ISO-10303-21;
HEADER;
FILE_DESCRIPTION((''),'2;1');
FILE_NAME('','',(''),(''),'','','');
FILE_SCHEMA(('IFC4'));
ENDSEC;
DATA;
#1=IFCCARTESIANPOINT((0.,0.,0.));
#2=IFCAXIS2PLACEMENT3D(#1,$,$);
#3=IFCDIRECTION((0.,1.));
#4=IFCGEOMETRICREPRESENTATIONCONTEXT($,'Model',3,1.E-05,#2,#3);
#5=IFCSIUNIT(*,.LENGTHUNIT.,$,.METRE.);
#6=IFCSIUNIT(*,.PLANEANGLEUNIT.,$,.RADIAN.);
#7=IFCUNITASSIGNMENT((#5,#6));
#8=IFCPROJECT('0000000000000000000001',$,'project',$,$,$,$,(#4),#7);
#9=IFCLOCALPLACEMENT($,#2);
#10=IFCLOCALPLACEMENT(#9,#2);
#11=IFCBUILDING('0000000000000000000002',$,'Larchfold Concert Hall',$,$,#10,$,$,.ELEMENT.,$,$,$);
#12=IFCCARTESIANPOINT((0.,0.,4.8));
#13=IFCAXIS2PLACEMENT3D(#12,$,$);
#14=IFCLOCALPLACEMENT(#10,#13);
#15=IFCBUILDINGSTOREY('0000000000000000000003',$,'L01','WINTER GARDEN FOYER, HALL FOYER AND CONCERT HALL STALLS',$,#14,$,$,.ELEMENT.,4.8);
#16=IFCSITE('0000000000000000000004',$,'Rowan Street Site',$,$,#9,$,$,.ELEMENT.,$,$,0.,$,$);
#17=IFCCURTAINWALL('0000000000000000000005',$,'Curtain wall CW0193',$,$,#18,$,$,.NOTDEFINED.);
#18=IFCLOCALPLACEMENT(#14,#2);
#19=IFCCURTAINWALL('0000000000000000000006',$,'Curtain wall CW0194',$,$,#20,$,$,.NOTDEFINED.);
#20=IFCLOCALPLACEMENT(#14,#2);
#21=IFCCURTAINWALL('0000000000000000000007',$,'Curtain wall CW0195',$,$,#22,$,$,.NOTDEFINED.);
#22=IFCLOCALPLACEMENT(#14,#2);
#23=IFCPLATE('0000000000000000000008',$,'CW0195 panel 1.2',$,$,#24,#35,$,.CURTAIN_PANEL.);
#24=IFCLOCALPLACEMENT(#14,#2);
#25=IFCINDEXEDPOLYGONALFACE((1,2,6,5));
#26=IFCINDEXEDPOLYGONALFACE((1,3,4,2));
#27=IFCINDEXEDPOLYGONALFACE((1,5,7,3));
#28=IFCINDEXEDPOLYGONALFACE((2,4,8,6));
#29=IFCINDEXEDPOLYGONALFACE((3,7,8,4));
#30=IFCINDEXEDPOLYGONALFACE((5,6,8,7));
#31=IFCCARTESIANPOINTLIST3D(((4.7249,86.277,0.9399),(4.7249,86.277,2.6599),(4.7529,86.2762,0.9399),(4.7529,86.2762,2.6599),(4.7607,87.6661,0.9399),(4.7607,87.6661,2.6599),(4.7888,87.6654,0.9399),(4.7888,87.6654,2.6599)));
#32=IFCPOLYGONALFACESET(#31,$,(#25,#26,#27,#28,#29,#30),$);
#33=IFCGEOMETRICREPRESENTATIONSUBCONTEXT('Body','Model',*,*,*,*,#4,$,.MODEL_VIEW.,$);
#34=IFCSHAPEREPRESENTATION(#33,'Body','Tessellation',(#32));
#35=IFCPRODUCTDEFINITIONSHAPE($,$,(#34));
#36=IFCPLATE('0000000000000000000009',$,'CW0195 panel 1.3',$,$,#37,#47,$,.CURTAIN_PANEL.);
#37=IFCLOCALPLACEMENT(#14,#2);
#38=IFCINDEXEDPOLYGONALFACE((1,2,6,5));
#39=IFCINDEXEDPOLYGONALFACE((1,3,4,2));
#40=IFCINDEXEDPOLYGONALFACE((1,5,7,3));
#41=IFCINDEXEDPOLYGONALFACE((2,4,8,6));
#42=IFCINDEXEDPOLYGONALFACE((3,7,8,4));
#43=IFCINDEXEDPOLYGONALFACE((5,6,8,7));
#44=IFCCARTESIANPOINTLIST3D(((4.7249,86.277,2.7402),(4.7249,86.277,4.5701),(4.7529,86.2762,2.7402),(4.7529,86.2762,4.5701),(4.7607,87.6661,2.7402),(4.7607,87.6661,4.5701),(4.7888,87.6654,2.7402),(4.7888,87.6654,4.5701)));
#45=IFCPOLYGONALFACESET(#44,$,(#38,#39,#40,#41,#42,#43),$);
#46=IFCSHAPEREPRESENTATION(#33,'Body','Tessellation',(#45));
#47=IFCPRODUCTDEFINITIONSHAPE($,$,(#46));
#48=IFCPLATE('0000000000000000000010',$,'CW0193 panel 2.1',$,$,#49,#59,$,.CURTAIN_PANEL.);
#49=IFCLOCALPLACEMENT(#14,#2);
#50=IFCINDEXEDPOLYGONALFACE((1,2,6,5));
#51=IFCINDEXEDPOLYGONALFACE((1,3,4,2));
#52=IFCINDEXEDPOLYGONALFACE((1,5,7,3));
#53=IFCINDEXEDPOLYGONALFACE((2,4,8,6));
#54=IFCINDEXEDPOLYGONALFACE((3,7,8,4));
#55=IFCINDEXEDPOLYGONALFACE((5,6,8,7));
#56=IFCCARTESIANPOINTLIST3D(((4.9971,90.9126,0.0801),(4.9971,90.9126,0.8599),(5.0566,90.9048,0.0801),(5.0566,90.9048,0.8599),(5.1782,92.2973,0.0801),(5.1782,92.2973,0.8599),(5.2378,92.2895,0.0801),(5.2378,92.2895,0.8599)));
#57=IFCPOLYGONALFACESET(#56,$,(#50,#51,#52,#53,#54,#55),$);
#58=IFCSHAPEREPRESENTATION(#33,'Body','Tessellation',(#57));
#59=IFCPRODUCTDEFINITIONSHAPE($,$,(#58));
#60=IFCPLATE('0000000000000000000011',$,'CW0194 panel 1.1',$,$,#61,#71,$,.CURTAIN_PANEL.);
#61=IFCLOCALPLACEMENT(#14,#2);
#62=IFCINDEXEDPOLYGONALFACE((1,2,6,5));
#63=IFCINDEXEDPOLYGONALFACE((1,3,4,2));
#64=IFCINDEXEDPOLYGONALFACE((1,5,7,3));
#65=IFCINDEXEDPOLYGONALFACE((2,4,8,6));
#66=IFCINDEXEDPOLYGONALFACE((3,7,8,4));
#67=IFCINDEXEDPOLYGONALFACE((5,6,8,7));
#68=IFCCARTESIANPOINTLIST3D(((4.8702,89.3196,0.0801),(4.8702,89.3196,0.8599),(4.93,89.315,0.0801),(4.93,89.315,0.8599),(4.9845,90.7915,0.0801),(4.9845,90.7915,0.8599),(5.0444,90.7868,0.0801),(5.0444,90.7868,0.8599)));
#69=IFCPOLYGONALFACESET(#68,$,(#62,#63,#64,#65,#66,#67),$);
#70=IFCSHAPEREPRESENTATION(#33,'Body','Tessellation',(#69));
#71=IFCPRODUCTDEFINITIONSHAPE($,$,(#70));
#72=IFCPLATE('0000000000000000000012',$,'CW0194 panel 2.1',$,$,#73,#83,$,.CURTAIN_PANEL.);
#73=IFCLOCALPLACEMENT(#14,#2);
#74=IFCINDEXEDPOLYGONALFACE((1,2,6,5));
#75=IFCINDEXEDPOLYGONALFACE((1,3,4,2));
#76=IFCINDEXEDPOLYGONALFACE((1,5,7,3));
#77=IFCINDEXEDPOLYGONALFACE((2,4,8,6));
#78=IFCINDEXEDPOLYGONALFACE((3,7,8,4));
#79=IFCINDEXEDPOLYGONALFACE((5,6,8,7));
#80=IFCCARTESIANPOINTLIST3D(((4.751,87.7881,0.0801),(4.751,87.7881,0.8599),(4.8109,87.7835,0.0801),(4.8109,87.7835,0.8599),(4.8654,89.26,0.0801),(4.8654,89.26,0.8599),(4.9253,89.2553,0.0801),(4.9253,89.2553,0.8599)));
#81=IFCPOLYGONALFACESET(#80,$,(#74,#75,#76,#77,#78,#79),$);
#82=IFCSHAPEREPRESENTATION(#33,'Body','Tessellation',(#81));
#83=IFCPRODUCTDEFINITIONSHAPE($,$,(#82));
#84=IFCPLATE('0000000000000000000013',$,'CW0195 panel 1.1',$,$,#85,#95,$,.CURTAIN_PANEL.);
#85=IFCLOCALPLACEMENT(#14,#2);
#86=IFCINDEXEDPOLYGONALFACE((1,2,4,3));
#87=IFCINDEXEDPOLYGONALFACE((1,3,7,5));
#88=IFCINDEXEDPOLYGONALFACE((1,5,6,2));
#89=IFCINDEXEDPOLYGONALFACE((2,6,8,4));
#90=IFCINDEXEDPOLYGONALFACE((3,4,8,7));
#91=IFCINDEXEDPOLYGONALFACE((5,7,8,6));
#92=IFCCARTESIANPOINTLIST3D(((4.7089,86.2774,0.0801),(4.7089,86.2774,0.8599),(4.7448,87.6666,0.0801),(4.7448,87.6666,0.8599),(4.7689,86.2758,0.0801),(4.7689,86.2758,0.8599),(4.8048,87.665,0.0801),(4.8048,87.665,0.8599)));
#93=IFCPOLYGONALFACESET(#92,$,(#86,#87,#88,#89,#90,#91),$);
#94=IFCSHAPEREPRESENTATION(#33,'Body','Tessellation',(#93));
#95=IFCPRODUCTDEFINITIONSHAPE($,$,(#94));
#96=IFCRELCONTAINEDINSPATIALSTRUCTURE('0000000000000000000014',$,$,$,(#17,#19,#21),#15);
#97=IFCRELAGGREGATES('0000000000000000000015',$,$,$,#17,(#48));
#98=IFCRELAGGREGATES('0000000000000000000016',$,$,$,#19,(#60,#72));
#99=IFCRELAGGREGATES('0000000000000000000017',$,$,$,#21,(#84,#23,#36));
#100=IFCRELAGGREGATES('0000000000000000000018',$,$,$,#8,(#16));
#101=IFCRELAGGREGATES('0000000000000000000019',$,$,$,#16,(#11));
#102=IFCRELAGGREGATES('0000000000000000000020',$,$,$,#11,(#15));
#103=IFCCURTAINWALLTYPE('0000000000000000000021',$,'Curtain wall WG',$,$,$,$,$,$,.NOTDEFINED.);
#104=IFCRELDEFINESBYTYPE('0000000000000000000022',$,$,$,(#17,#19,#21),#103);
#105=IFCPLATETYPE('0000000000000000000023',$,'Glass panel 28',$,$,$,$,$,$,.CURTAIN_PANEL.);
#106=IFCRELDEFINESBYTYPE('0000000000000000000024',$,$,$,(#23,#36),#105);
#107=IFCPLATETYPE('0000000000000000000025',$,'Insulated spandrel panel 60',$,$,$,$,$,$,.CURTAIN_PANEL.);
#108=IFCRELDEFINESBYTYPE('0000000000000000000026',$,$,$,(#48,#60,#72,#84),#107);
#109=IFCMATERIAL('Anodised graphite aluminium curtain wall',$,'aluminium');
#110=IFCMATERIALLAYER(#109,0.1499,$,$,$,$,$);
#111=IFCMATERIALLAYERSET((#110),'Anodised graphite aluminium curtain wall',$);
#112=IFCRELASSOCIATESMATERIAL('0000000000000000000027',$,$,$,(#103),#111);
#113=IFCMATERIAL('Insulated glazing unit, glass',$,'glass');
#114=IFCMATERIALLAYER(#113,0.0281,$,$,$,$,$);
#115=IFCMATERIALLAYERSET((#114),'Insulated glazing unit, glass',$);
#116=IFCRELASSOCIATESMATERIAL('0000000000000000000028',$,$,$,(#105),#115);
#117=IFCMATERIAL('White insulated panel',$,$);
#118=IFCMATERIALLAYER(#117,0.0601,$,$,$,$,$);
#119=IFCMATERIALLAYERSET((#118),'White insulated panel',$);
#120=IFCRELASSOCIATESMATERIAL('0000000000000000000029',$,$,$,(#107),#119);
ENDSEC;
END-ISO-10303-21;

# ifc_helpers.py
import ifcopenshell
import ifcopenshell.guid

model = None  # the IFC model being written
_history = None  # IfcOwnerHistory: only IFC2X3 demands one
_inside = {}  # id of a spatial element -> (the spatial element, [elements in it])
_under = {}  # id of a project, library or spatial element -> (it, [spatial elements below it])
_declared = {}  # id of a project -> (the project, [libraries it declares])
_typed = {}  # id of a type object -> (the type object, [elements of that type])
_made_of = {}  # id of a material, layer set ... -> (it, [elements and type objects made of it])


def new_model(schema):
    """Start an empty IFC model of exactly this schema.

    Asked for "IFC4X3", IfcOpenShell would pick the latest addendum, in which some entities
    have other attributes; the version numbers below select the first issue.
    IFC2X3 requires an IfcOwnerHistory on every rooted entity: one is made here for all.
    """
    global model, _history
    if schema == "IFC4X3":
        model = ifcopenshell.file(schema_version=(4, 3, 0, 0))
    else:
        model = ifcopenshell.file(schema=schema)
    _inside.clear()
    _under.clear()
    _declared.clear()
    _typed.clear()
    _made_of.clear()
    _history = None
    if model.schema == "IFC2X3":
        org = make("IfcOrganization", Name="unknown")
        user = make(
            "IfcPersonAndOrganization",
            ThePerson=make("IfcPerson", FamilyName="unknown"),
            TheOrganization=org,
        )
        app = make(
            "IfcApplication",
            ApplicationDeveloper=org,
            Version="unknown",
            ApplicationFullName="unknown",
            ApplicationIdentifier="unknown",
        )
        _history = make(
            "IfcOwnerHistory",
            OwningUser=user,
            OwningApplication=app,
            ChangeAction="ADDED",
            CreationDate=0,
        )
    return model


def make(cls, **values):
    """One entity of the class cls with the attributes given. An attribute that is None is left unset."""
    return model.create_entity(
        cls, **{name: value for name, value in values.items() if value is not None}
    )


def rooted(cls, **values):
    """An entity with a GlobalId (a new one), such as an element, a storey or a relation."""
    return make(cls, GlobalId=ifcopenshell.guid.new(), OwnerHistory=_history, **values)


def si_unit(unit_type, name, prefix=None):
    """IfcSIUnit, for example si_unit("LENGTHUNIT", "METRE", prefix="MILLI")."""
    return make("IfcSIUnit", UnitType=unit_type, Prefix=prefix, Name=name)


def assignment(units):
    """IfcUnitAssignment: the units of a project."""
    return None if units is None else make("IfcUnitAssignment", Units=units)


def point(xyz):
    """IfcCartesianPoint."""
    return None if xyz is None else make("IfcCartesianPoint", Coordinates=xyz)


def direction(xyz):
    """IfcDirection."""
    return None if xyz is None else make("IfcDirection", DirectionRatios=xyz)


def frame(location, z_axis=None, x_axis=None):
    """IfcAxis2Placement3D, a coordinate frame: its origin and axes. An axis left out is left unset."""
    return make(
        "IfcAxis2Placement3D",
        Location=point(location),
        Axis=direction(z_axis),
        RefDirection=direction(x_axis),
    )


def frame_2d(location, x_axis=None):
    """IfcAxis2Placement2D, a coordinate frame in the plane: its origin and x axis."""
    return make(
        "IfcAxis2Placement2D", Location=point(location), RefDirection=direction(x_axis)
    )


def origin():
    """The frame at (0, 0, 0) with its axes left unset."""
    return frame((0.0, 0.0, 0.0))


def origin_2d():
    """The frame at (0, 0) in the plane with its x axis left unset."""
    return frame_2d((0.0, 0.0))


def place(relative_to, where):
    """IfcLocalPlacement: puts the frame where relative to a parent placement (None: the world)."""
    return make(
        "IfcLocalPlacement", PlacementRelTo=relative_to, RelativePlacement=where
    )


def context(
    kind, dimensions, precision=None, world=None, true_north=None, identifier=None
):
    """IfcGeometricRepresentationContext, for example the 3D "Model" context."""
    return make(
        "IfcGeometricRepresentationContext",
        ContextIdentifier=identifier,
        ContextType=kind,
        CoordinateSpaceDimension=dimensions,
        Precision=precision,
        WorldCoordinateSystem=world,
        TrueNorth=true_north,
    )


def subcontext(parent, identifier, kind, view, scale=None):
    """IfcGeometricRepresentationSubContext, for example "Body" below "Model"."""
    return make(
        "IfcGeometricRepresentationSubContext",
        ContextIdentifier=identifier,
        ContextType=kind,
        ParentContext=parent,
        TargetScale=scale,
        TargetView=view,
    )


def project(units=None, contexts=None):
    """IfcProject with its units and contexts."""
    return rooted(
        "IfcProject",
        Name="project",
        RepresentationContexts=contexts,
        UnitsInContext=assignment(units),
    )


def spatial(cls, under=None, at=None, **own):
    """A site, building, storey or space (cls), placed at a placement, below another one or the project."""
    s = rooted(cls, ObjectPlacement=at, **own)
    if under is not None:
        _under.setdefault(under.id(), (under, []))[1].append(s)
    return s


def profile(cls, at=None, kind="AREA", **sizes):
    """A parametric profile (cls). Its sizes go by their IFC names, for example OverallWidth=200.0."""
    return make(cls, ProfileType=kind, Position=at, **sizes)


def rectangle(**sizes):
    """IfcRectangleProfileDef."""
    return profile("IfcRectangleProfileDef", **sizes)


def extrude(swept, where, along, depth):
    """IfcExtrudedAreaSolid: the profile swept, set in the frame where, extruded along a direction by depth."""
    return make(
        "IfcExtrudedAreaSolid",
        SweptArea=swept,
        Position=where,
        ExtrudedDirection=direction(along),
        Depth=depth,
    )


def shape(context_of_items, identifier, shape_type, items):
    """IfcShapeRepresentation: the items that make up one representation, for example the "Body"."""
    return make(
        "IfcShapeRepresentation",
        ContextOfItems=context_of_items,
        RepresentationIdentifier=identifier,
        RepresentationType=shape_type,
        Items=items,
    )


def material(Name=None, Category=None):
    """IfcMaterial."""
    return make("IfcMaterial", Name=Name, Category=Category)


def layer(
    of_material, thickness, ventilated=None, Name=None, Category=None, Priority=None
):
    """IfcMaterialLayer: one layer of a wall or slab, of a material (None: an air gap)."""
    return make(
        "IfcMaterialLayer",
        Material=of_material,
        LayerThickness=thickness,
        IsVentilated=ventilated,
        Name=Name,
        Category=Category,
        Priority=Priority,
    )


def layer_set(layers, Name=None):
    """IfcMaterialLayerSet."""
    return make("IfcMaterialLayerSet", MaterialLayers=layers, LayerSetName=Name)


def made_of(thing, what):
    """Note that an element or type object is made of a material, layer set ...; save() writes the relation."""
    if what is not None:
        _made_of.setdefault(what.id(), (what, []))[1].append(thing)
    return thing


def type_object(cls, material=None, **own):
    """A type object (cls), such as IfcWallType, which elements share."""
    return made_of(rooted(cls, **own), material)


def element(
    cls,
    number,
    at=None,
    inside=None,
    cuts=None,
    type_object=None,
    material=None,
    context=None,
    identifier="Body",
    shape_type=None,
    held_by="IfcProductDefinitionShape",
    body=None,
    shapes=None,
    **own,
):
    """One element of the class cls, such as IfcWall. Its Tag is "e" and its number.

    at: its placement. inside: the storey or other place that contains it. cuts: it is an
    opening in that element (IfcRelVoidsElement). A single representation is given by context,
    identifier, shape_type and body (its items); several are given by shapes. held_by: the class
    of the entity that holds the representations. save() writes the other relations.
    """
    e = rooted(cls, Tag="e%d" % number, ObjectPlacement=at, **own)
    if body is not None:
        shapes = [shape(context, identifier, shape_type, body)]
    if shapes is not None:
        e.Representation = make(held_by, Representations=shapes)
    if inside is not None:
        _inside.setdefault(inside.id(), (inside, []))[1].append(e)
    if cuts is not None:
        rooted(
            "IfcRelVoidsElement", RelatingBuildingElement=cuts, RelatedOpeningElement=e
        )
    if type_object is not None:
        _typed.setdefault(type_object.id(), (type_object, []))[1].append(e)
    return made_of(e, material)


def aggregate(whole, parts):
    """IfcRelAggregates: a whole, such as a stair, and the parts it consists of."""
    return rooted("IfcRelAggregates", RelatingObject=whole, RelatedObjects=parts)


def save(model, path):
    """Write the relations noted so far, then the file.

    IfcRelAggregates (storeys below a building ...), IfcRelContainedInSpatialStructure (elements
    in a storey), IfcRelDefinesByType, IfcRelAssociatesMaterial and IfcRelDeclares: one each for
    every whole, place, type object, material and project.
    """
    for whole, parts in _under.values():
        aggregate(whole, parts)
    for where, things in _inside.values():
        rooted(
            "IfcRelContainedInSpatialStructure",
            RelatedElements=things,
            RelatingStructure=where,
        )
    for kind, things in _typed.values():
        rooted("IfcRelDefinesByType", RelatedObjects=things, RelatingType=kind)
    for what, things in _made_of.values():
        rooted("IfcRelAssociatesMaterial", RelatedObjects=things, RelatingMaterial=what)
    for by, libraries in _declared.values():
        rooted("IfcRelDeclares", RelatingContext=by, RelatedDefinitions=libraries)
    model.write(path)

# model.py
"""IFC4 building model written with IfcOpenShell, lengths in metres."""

from ifc_helpers import new_model, si_unit, direction, frame, origin, origin_2d, place, context, subcontext, project, spatial, rectangle, extrude, material, layer, layer_set, type_object, element, aggregate, save


model = new_model("IFC4")

# Units and contexts
model_context = context("Model", 3, precision=1e-05, world=origin(), true_north=direction((0.0, 1.0)))
body_context = subcontext(model_context, "Body", "Model", "MODEL_VIEW")
ifc_project = project(units=[si_unit("LENGTHUNIT", "METRE"), si_unit("PLANEANGLEUNIT", "RADIAN")], contexts=[model_context])

# Site, building, storey
site_placement = place(None, origin())
site = spatial("IfcSite", under=ifc_project, at=site_placement, Name="Rowan Street Site", CompositionType="ELEMENT", RefElevation=0.0)
building_placement = place(site_placement, origin())
building = spatial("IfcBuilding", under=site, at=building_placement, Name="Larchfold Concert Hall", CompositionType="ELEMENT")
storey_placement = place(building_placement, frame((0.0, 0.0, 4.8)))
storey = spatial("IfcBuildingStorey", under=building, at=storey_placement, Name="L01", Description="WINTER GARDEN FOYER, HALL FOYER AND CONCERT HALL STALLS", CompositionType="ELEMENT", Elevation=4.8)

# Curtain wall
ifc_material_1 = material(Name="Anodised graphite aluminium curtain wall", Category="aluminium")
ifc_layer_1 = layer(ifc_material_1, 0.1499)
ifc_layer_set_1 = layer_set([ifc_layer_1], Name="Anodised graphite aluminium curtain wall")
curtain_wall_type = type_object("IfcCurtainWallType", Name="Curtain wall WG", PredefinedType="NOTDEFINED", material=ifc_layer_set_1)
curtain_wall_1_placement = place(storey_placement, origin())
curtain_wall_1 = element("IfcCurtainWall", 1, at=curtain_wall_1_placement, inside=storey, type_object=curtain_wall_type, Name="Curtain wall CW0193", PredefinedType="NOTDEFINED")

# Curtain walls
curtain_wall_2_placement = place(storey_placement, origin())
curtain_wall_2 = element("IfcCurtainWall", 2, at=curtain_wall_2_placement, inside=storey, type_object=curtain_wall_type, Name="Curtain wall CW0194", PredefinedType="NOTDEFINED")
curtain_wall_3_placement = place(storey_placement, origin())
curtain_wall_3 = element("IfcCurtainWall", 3, at=curtain_wall_3_placement, inside=storey, type_object=curtain_wall_type, Name="Curtain wall CW0195", PredefinedType="NOTDEFINED")

# Plates
ifc_material_2 = material(Name="Insulated glazing unit, glass", Category="glass")
ifc_layer_2 = layer(ifc_material_2, 0.0281)
ifc_layer_set_2 = layer_set([ifc_layer_2], Name="Insulated glazing unit, glass")
plate_type_1 = type_object("IfcPlateType", Name="Glass panel 28", PredefinedType="CURTAIN_PANEL", material=ifc_layer_set_2)
plate_1_placement = place(storey_placement, frame((4.7568, 86.9712, 0.9399), z_axis=(0.0, 0.0, 1.0), x_axis=(-0.025821, -0.999667, 0.0)))
plate_1 = element("IfcPlate", 4, at=plate_1_placement, type_object=plate_type_1, Name="CW0195 panel 1.2", PredefinedType="CURTAIN_PANEL", context=body_context, shape_type="SweptSolid", body=[
    extrude(rectangle(XDim=1.3896, YDim=0.0281, at=origin_2d()), origin(), (0.0, 0.0, 1.0), 1.72),
])
plate_2_placement = place(storey_placement, frame((4.7568, 86.9712, 2.7402), z_axis=(0.0, 0.0, 1.0), x_axis=(-0.025821, -0.999667, 0.0)))
plate_2 = element("IfcPlate", 5, at=plate_2_placement, type_object=plate_type_1, Name="CW0195 panel 1.3", PredefinedType="CURTAIN_PANEL", context=body_context, shape_type="SweptSolid", body=[
    extrude(rectangle(XDim=1.3896, YDim=0.0281, at=origin_2d()), origin(), (0.0, 0.0, 1.0), 1.8298),
])
ifc_material_3 = material(Name="White insulated panel")
ifc_layer_3 = layer(ifc_material_3, 0.0601)
ifc_layer_set_3 = layer_set([ifc_layer_3], Name="White insulated panel")
plate_type_2 = type_object("IfcPlateType", Name="Insulated spandrel panel 60", PredefinedType="CURTAIN_PANEL", material=ifc_layer_set_3)
plate_3_placement = place(storey_placement, frame((5.1174, 91.6011, 0.0801), z_axis=(0.0, 0.0, 1.0), x_axis=(-0.129743, -0.991548, 0.0)))
plate_3 = element("IfcPlate", 6, at=plate_3_placement, type_object=plate_type_2, Name="CW0193 panel 2.1", PredefinedType="CURTAIN_PANEL", context=body_context, shape_type="SweptSolid", body=[
    extrude(rectangle(XDim=1.3965, YDim=0.0601, at=origin_2d()), origin(), (0.0, 0.0, 1.0), 0.7798),
])
aggregate(curtain_wall_1, [plate_3])
plate_4_placement = place(storey_placement, frame((4.9573, 90.0532, 0.0801), z_axis=(0.0, 0.0, 1.0), x_axis=(-0.077465, -0.996995, 0.0)))
plate_4 = element("IfcPlate", 7, at=plate_4_placement, type_object=plate_type_2, Name="CW0194 panel 1.1", PredefinedType="CURTAIN_PANEL", context=body_context, shape_type="SweptSolid", body=[
    extrude(rectangle(XDim=1.4763, YDim=0.0601, at=origin_2d()), origin(), (0.0, 0.0, 1.0), 0.7798),
])
plate_5_placement = place(storey_placement, frame((4.8381, 88.5217, 0.0801), z_axis=(0.0, 0.0, 1.0), x_axis=(-0.077465, -0.996995, 0.0)))
plate_5 = element("IfcPlate", 8, at=plate_5_placement, type_object=plate_type_2, Name="CW0194 panel 2.1", PredefinedType="CURTAIN_PANEL", context=body_context, shape_type="SweptSolid", body=[
    extrude(rectangle(XDim=1.4763, YDim=0.0601, at=origin_2d()), origin(), (0.0, 0.0, 1.0), 0.7798),
])
aggregate(curtain_wall_2, [plate_4, plate_5])
plate_6_placement = place(storey_placement, frame((4.7568, 86.9712, 0.0801), z_axis=(0.0, 0.0, 1.0), x_axis=(-0.025821, -0.999667, 0.0)))
plate_6 = element("IfcPlate", 9, at=plate_6_placement, type_object=plate_type_2, Name="CW0195 panel 1.1", PredefinedType="CURTAIN_PANEL", context=body_context, shape_type="SweptSolid", body=[
    extrude(rectangle(XDim=1.3896, YDim=0.0601, at=origin_2d()), origin(), (0.0, 0.0, 1.0), 0.7798),
])
aggregate(curtain_wall_3, [plate_6, plate_1, plate_2])

save(model, "model.ifc")
